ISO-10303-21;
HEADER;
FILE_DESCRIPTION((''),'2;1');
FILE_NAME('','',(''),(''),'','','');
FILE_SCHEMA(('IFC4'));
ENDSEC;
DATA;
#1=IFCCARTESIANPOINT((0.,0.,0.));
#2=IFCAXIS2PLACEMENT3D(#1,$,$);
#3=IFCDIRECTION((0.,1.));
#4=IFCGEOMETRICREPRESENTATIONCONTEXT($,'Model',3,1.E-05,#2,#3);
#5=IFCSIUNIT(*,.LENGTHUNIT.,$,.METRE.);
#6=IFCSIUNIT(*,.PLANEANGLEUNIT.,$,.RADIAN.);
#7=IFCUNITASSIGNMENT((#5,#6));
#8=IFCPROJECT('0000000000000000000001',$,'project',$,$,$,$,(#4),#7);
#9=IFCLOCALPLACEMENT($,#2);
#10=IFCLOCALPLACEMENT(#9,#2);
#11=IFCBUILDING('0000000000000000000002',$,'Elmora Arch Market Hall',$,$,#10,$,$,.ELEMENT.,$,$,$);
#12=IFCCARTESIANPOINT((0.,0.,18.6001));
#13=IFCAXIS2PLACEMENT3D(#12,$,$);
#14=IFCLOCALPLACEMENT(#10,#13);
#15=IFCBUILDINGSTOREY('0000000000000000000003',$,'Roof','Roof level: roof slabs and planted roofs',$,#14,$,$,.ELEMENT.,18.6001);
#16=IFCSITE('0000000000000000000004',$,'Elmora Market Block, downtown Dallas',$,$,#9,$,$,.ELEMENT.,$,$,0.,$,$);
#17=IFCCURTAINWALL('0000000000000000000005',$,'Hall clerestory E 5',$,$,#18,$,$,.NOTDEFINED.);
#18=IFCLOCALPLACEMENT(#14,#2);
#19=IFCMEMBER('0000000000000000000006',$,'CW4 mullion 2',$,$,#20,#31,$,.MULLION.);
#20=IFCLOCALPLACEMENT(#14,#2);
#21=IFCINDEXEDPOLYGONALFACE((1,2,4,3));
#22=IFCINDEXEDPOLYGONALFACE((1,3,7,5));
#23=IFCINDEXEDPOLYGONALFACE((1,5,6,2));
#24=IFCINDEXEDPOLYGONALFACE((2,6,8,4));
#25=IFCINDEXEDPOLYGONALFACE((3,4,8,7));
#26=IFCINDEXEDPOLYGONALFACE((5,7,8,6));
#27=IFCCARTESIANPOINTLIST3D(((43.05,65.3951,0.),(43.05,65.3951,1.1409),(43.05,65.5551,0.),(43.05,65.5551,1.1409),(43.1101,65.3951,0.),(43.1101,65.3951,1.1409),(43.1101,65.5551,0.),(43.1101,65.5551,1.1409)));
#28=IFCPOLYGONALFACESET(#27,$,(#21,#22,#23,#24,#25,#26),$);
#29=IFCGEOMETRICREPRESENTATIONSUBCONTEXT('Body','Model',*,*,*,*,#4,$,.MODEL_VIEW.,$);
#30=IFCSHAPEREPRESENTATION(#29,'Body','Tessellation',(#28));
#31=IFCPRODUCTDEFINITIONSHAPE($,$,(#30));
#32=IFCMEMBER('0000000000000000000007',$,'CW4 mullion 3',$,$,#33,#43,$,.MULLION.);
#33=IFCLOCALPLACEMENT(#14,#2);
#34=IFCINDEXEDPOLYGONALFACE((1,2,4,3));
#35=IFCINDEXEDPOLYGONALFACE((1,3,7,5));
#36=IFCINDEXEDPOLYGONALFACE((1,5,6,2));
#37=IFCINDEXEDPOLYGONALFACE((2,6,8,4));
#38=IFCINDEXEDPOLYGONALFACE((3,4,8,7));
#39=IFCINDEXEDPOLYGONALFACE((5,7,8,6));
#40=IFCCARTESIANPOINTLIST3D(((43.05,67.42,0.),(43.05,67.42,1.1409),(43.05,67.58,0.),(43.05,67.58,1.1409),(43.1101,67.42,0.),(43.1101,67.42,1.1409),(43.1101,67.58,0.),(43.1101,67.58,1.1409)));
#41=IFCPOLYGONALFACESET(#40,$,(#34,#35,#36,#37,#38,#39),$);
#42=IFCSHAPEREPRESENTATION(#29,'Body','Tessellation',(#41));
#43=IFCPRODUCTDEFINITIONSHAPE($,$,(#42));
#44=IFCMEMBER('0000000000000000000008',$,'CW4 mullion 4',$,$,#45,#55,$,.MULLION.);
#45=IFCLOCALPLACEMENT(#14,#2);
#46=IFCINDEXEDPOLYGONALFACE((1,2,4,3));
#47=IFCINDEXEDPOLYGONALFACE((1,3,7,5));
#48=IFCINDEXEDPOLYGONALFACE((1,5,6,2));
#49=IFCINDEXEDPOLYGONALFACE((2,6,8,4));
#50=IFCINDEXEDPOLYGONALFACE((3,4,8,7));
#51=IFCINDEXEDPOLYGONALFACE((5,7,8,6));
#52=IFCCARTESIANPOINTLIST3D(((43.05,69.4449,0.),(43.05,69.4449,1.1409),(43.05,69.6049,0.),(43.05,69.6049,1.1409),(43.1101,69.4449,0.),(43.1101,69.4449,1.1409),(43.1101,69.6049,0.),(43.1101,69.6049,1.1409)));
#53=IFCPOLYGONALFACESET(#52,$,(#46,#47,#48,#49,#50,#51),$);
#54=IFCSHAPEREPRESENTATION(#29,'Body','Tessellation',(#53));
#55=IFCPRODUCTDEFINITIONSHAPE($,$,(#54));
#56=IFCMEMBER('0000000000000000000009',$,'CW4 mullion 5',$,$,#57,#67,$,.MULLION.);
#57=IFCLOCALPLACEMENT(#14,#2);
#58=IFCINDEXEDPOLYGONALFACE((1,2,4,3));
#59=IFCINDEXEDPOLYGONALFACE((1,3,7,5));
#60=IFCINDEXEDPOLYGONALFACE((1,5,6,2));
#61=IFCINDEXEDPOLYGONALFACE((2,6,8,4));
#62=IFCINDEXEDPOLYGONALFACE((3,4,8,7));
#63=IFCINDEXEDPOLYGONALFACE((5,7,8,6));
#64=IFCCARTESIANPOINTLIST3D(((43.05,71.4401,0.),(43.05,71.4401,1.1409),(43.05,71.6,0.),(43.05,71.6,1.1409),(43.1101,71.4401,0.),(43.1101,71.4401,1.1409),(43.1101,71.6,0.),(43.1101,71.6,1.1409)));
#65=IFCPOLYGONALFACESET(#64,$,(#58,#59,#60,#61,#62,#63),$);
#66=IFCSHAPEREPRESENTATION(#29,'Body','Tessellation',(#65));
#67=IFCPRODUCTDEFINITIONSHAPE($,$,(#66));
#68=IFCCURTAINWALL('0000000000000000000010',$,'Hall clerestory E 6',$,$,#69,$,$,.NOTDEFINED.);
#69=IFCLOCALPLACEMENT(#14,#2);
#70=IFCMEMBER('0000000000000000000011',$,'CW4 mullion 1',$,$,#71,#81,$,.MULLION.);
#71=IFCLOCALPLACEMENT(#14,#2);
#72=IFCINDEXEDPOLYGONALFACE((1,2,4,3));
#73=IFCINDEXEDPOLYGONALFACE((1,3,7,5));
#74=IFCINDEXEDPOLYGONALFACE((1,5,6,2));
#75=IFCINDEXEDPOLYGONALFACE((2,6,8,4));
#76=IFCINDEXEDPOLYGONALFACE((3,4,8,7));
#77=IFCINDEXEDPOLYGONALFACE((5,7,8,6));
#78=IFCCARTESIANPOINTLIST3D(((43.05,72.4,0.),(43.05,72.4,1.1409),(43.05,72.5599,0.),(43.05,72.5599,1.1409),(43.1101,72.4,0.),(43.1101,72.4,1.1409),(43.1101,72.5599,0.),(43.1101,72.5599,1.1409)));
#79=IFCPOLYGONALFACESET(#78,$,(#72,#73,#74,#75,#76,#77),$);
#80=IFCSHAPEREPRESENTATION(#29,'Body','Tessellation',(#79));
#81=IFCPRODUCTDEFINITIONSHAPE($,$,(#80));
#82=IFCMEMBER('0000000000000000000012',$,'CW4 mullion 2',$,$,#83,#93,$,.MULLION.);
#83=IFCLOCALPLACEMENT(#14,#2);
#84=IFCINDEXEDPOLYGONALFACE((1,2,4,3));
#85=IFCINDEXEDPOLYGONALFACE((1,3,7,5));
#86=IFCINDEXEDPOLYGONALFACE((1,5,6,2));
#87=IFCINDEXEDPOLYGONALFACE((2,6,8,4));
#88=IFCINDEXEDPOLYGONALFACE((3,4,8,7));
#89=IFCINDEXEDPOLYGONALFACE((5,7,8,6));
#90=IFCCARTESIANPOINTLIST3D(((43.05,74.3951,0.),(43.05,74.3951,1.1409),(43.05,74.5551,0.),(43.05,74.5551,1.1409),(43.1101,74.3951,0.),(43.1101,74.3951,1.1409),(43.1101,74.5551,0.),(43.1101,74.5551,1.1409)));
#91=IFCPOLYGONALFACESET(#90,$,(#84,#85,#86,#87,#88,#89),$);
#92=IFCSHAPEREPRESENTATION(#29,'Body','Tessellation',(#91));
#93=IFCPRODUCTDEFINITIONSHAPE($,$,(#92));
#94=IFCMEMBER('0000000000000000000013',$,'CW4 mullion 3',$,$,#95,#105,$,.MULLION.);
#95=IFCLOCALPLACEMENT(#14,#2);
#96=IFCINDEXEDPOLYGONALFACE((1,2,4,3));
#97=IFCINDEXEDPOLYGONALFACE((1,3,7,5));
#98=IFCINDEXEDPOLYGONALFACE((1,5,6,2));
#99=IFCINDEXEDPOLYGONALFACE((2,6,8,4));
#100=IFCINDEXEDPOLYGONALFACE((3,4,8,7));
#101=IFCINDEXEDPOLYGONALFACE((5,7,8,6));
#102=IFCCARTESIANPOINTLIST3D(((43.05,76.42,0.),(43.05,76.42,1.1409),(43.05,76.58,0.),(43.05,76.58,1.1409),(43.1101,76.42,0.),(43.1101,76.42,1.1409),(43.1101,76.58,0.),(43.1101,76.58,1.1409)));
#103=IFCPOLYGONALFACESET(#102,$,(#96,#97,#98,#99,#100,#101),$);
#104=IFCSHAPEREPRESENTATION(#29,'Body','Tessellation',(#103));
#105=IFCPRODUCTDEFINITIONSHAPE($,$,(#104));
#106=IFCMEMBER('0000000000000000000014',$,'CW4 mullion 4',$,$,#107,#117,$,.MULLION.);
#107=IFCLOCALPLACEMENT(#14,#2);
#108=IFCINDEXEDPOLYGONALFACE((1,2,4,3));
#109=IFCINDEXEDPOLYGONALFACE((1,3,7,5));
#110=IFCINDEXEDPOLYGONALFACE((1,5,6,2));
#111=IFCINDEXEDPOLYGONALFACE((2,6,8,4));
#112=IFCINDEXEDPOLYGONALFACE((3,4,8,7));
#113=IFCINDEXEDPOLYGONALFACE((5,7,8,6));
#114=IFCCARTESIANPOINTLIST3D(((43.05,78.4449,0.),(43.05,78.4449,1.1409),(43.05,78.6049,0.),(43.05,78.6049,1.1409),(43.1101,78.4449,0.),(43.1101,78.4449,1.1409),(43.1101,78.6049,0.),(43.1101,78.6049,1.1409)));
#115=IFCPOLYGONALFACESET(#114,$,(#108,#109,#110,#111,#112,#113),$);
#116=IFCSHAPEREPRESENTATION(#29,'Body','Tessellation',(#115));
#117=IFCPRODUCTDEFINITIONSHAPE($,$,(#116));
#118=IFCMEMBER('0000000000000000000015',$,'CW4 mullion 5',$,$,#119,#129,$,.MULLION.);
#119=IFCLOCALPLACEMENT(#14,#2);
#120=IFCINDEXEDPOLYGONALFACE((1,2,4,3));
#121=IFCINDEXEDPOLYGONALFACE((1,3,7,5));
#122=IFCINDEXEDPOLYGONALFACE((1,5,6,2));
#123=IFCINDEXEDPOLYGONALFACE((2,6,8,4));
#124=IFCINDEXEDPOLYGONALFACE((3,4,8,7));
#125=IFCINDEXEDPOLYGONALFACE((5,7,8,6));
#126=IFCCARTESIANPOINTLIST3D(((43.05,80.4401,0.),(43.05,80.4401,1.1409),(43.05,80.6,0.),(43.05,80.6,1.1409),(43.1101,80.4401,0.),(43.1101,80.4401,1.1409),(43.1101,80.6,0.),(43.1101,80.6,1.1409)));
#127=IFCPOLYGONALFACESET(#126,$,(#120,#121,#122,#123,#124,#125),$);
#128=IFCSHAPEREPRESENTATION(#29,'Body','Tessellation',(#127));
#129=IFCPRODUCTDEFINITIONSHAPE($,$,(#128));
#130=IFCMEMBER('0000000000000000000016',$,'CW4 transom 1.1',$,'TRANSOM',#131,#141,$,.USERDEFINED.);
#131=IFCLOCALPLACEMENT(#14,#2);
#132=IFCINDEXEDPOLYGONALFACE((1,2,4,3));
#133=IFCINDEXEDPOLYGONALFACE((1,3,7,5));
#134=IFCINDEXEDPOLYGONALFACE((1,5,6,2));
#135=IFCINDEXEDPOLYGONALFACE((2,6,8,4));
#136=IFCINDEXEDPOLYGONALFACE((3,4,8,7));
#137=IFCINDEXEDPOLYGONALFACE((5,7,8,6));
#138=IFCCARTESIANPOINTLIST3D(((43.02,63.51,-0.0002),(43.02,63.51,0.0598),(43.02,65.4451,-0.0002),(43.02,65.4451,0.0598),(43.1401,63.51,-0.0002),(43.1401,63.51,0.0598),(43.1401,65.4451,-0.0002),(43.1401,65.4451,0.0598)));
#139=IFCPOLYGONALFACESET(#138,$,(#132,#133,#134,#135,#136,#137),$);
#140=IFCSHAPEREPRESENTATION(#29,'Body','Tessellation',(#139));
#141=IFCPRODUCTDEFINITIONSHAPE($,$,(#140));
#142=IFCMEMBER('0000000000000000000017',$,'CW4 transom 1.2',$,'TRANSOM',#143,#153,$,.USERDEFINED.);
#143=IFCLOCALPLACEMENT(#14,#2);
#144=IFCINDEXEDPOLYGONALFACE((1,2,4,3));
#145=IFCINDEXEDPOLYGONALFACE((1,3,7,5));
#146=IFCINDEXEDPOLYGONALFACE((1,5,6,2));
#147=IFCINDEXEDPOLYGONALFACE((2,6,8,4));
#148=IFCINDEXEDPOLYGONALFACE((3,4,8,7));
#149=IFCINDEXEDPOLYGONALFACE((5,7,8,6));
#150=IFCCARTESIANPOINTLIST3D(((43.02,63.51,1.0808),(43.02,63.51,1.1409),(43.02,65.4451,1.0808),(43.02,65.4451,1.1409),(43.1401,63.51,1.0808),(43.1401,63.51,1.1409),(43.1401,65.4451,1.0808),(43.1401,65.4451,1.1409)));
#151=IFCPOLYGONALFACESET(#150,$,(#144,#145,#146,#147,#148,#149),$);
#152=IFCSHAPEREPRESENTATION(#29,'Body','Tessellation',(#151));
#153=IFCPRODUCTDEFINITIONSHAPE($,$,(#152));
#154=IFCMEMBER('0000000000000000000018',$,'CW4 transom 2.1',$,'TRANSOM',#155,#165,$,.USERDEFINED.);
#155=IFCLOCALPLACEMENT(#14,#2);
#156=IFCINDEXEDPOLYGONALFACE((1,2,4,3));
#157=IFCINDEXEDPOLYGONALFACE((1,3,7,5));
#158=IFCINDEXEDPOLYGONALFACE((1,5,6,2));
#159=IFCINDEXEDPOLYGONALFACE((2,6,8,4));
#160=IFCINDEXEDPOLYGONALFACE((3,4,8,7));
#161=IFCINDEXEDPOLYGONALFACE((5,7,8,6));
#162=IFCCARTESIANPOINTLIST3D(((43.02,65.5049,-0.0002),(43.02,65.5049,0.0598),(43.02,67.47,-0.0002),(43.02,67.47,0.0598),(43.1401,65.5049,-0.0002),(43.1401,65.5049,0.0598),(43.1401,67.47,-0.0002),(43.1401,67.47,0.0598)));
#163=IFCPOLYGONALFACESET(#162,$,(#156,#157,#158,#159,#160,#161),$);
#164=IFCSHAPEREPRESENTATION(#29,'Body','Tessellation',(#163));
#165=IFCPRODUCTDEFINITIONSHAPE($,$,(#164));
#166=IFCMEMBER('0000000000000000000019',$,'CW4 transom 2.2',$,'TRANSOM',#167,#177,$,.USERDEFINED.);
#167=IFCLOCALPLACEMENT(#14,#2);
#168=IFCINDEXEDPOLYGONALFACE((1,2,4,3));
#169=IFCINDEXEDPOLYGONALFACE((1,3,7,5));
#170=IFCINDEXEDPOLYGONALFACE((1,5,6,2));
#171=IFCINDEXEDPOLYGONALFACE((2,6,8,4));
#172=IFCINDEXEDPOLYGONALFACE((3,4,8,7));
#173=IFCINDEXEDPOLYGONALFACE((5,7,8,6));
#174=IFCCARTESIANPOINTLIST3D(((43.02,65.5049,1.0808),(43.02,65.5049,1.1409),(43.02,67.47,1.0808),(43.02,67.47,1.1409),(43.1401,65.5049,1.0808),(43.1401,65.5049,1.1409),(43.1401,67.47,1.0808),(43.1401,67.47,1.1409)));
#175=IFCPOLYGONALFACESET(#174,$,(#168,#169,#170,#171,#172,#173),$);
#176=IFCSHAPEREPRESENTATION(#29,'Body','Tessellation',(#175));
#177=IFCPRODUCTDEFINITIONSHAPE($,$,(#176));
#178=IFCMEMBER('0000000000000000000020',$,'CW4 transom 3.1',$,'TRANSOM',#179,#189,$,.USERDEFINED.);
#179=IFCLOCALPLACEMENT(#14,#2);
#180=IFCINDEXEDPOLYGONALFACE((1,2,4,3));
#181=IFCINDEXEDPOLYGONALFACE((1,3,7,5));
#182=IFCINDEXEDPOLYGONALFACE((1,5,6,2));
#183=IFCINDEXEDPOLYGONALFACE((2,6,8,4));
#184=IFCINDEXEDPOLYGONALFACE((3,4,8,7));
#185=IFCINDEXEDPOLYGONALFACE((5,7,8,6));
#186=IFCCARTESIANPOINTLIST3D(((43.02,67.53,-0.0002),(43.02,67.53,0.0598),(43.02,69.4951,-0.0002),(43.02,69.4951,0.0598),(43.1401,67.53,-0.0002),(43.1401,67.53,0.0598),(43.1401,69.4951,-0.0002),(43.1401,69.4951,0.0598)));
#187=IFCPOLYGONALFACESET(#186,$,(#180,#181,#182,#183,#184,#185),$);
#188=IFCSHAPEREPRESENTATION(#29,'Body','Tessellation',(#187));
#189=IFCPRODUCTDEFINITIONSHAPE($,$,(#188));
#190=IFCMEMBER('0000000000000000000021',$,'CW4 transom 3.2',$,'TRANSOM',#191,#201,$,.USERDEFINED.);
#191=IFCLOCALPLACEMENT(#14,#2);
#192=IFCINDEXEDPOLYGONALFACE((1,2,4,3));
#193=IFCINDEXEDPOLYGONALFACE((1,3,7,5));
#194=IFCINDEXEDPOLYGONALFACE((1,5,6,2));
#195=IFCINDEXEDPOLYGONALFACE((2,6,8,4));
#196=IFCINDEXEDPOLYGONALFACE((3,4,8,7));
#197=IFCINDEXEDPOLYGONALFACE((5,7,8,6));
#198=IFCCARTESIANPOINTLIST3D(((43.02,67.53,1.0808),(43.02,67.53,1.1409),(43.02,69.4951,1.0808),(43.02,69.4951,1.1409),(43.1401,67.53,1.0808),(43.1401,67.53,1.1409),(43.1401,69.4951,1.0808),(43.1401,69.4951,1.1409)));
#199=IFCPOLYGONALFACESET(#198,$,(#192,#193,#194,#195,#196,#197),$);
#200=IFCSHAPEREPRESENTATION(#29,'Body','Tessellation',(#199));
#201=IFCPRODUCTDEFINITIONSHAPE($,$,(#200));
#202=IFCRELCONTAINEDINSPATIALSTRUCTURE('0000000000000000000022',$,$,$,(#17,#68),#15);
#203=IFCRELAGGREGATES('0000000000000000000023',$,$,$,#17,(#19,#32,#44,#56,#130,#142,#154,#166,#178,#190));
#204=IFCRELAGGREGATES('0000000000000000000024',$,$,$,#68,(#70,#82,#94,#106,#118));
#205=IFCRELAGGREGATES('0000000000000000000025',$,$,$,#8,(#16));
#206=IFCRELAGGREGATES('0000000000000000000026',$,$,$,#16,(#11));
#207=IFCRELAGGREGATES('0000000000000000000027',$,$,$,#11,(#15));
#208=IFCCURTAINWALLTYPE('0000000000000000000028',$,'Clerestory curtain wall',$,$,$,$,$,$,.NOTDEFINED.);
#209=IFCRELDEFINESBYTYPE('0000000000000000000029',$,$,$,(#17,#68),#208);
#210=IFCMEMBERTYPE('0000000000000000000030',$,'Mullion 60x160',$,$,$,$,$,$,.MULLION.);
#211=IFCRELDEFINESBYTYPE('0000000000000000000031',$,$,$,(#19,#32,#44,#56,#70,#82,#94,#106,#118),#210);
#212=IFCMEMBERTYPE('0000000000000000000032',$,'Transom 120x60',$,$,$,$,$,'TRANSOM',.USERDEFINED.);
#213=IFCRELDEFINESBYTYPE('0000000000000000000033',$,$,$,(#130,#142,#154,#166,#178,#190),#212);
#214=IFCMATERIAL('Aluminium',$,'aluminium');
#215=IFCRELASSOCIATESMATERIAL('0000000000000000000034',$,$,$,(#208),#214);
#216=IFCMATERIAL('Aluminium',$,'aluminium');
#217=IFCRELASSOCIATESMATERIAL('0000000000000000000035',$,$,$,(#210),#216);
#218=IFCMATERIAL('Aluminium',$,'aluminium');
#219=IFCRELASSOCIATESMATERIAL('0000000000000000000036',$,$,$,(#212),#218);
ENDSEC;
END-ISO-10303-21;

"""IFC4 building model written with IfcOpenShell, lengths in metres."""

from ifc_helpers import new_model, si_unit, direction, frame, origin, origin_2d, place, context, subcontext, project, spatial, rectangle, extrude, material, material_profile, profile_set, type_object, element, aggregate, save


model = new_model("IFC4")

# Units and contexts
model_context = context("Model", 3, precision=1e-05, world=origin(), true_north=direction((0.0, 1.0)))
body_context = subcontext(model_context, "Body", "Model", "MODEL_VIEW")
ifc_project = project(units=[si_unit("LENGTHUNIT", "METRE"), si_unit("PLANEANGLEUNIT", "RADIAN")], contexts=[model_context])

# Site, building, storey
site_placement = place(None, origin())
site = spatial("IfcSite", under=ifc_project, at=site_placement, Name="Elmora Market Block, downtown Dallas", CompositionType="ELEMENT", RefElevation=0.0)
building_placement = place(site_placement, origin())
building = spatial("IfcBuilding", under=site, at=building_placement, Name="Elmora Arch Market Hall", CompositionType="ELEMENT")
storey_placement = place(building_placement, frame((0.0, 0.0, 18.6001)))
storey = spatial("IfcBuildingStorey", under=building, at=storey_placement, Name="Roof", Description="Roof level: roof slabs and planted roofs", CompositionType="ELEMENT", Elevation=18.6001)

# Curtain walls, members
ifc_material_1 = material(Name="Aluminium", Category="aluminium")
curtain_wall_type = type_object("IfcCurtainWallType", Name="Clerestory curtain wall", PredefinedType="NOTDEFINED", material=ifc_material_1)
curtain_wall_1_placement = place(storey_placement, origin())
curtain_wall_1 = element("IfcCurtainWall", 1, at=curtain_wall_1_placement, inside=storey, type_object=curtain_wall_type, Name="Hall clerestory E 5", PredefinedType="NOTDEFINED")
ifc_material_2 = material(Name="Aluminium", Category="aluminium")
ifc_material_profile_1 = material_profile(ifc_material_2, rectangle(XDim=0.0601, YDim=0.1599, at=origin_2d()), Name="AL 60x160")
ifc_profile_set_1 = profile_set([ifc_material_profile_1], Name="Aluminium")
member_type_1 = type_object("IfcMemberType", Name="Mullion 60x160", PredefinedType="MULLION", material=ifc_profile_set_1)
member_1_placement = place(storey_placement, frame((43.0801, 65.4751, 0.0), z_axis=(0.0, 0.0, 1.0), x_axis=(-1.0, 0.0, 0.0)))
member_1 = element("IfcMember", 2, at=member_1_placement, type_object=member_type_1, Name="CW4 mullion 2", PredefinedType="MULLION", context=body_context, shape_type="SweptSolid", body=[
    extrude(rectangle(XDim=0.0601, YDim=0.1599, at=origin_2d()), origin(), (0.0, 0.0, 1.0), 1.1409),
])
member_2_placement = place(storey_placement, frame((43.0801, 67.5, 0.0), z_axis=(0.0, 0.0, 1.0), x_axis=(-1.0, 0.0, 0.0)))
member_2 = element("IfcMember", 3, at=member_2_placement, type_object=member_type_1, Name="CW4 mullion 3", PredefinedType="MULLION", context=body_context, shape_type="SweptSolid", body=[
    extrude(rectangle(XDim=0.0601, YDim=0.1599, at=origin_2d()), origin(), (0.0, 0.0, 1.0), 1.1409),
])
member_3_placement = place(storey_placement, frame((43.0801, 69.5249, 0.0), z_axis=(0.0, 0.0, 1.0), x_axis=(-1.0, 0.0, 0.0)))
member_3 = element("IfcMember", 4, at=member_3_placement, type_object=member_type_1, Name="CW4 mullion 4", PredefinedType="MULLION", context=body_context, shape_type="SweptSolid", body=[
    extrude(rectangle(XDim=0.0601, YDim=0.1599, at=origin_2d()), origin(), (0.0, 0.0, 1.0), 1.1409),
])
member_4_placement = place(storey_placement, frame((43.0801, 71.52, 0.0), z_axis=(0.0, 0.0, 1.0), x_axis=(-1.0, 0.0, 0.0)))
member_4 = element("IfcMember", 5, at=member_4_placement, type_object=member_type_1, Name="CW4 mullion 5", PredefinedType="MULLION", context=body_context, shape_type="SweptSolid", body=[
    extrude(rectangle(XDim=0.0601, YDim=0.1599, at=origin_2d()), origin(), (0.0, 0.0, 1.0), 1.1409),
])
curtain_wall_2_placement = place(storey_placement, origin())
curtain_wall_2 = element("IfcCurtainWall", 6, at=curtain_wall_2_placement, inside=storey, type_object=curtain_wall_type, Name="Hall clerestory E 6", PredefinedType="NOTDEFINED")
member_5_placement = place(storey_placement, frame((43.0801, 72.48, 0.0), z_axis=(0.0, 0.0, 1.0), x_axis=(-1.0, 0.0, 0.0)))
member_5 = element("IfcMember", 7, at=member_5_placement, type_object=member_type_1, Name="CW4 mullion 1", PredefinedType="MULLION", context=body_context, shape_type="SweptSolid", body=[
    extrude(rectangle(XDim=0.0601, YDim=0.1599, at=origin_2d()), origin(), (0.0, 0.0, 1.0), 1.1409),
])
member_6_placement = place(storey_placement, frame((43.0801, 74.4751, 0.0), z_axis=(0.0, 0.0, 1.0), x_axis=(-1.0, 0.0, 0.0)))
member_6 = element("IfcMember", 8, at=member_6_placement, type_object=member_type_1, Name="CW4 mullion 2", PredefinedType="MULLION", context=body_context, shape_type="SweptSolid", body=[
    extrude(rectangle(XDim=0.0601, YDim=0.1599, at=origin_2d()), origin(), (0.0, 0.0, 1.0), 1.1409),
])
member_7_placement = place(storey_placement, frame((43.0801, 76.5, 0.0), z_axis=(0.0, 0.0, 1.0), x_axis=(-1.0, 0.0, 0.0)))
member_7 = element("IfcMember", 9, at=member_7_placement, type_object=member_type_1, Name="CW4 mullion 3", PredefinedType="MULLION", context=body_context, shape_type="SweptSolid", body=[
    extrude(rectangle(XDim=0.0601, YDim=0.1599, at=origin_2d()), origin(), (0.0, 0.0, 1.0), 1.1409),
])
member_8_placement = place(storey_placement, frame((43.0801, 78.5249, 0.0), z_axis=(0.0, 0.0, 1.0), x_axis=(-1.0, 0.0, 0.0)))
member_8 = element("IfcMember", 10, at=member_8_placement, type_object=member_type_1, Name="CW4 mullion 4", PredefinedType="MULLION", context=body_context, shape_type="SweptSolid", body=[
    extrude(rectangle(XDim=0.0601, YDim=0.1599, at=origin_2d()), origin(), (0.0, 0.0, 1.0), 1.1409),
])
member_9_placement = place(storey_placement, frame((43.0801, 80.52, 0.0), z_axis=(0.0, 0.0, 1.0), x_axis=(-1.0, 0.0, 0.0)))
member_9 = element("IfcMember", 11, at=member_9_placement, type_object=member_type_1, Name="CW4 mullion 5", PredefinedType="MULLION", context=body_context, shape_type="SweptSolid", body=[
    extrude(rectangle(XDim=0.0601, YDim=0.1599, at=origin_2d()), origin(), (0.0, 0.0, 1.0), 1.1409),
])

# Members
ifc_material_3 = material(Name="Aluminium", Category="aluminium")
ifc_material_profile_2 = material_profile(ifc_material_3, rectangle(XDim=0.1201, YDim=0.0601, at=origin_2d()), Name="AL 120x60")
ifc_profile_set_2 = profile_set([ifc_material_profile_2], Name="Aluminium")
member_type_2 = type_object("IfcMemberType", Name="Transom 120x60", ElementType="TRANSOM", PredefinedType="USERDEFINED", material=ifc_profile_set_2)
member_10_placement = place(storey_placement, frame((43.0801, 63.51, 0.0298), z_axis=(0.0, 1.0, 0.0), x_axis=(-1.0, 0.0, 0.0)))
member_10 = element("IfcMember", 12, at=member_10_placement, type_object=member_type_2, Name="CW4 transom 1.1", ObjectType="TRANSOM", PredefinedType="USERDEFINED", context=body_context, shape_type="SweptSolid", body=[
    extrude(rectangle(XDim=0.1201, YDim=0.0601, at=origin_2d()), origin(), (0.0, 0.0, 1.0), 1.9351),
])
member_11_placement = place(storey_placement, frame((43.0801, 63.51, 1.1108), z_axis=(0.0, 1.0, 0.0), x_axis=(-1.0, 0.0, 0.0)))
member_11 = element("IfcMember", 13, at=member_11_placement, type_object=member_type_2, Name="CW4 transom 1.2", ObjectType="TRANSOM", PredefinedType="USERDEFINED", context=body_context, shape_type="SweptSolid", body=[
    extrude(rectangle(XDim=0.1201, YDim=0.0601, at=origin_2d()), origin(), (0.0, 0.0, 1.0), 1.9351),
])
member_12_placement = place(storey_placement, frame((43.0801, 65.5049, 0.0298), z_axis=(0.0, 1.0, 0.0), x_axis=(-1.0, 0.0, 0.0)))
member_12 = element("IfcMember", 14, at=member_12_placement, type_object=member_type_2, Name="CW4 transom 2.1", ObjectType="TRANSOM", PredefinedType="USERDEFINED", context=body_context, shape_type="SweptSolid", body=[
    extrude(rectangle(XDim=0.1201, YDim=0.0601, at=origin_2d()), origin(), (0.0, 0.0, 1.0), 1.9651),
])
member_13_placement = place(storey_placement, frame((43.0801, 65.5049, 1.1108), z_axis=(0.0, 1.0, 0.0), x_axis=(-1.0, 0.0, 0.0)))
member_13 = element("IfcMember", 15, at=member_13_placement, type_object=member_type_2, Name="CW4 transom 2.2", ObjectType="TRANSOM", PredefinedType="USERDEFINED", context=body_context, shape_type="SweptSolid", body=[
    extrude(rectangle(XDim=0.1201, YDim=0.0601, at=origin_2d()), origin(), (0.0, 0.0, 1.0), 1.9651),
])
member_14_placement = place(storey_placement, frame((43.0801, 67.53, 0.0298), z_axis=(0.0, 1.0, 0.0), x_axis=(-1.0, 0.0, 0.0)))
member_14 = element("IfcMember", 16, at=member_14_placement, type_object=member_type_2, Name="CW4 transom 3.1", ObjectType="TRANSOM", PredefinedType="USERDEFINED", context=body_context, shape_type="SweptSolid", body=[
    extrude(rectangle(XDim=0.1201, YDim=0.0601, at=origin_2d()), origin(), (0.0, 0.0, 1.0), 1.9651),
])
member_15_placement = place(storey_placement, frame((43.0801, 67.53, 1.1108), z_axis=(0.0, 1.0, 0.0), x_axis=(-1.0, 0.0, 0.0)))
member_15 = element("IfcMember", 17, at=member_15_placement, type_object=member_type_2, Name="CW4 transom 3.2", ObjectType="TRANSOM", PredefinedType="USERDEFINED", context=body_context, shape_type="SweptSolid", body=[
    extrude(rectangle(XDim=0.1201, YDim=0.0601, at=origin_2d()), origin(), (0.0, 0.0, 1.0), 1.9651),
])

aggregate(curtain_wall_1, [member_1, member_2, member_3, member_4, member_10, member_11, member_12, member_13, member_14, member_15])
aggregate(curtain_wall_2, [member_5, member_6, member_7, member_8, member_9])

save(model, "model.ifc")
